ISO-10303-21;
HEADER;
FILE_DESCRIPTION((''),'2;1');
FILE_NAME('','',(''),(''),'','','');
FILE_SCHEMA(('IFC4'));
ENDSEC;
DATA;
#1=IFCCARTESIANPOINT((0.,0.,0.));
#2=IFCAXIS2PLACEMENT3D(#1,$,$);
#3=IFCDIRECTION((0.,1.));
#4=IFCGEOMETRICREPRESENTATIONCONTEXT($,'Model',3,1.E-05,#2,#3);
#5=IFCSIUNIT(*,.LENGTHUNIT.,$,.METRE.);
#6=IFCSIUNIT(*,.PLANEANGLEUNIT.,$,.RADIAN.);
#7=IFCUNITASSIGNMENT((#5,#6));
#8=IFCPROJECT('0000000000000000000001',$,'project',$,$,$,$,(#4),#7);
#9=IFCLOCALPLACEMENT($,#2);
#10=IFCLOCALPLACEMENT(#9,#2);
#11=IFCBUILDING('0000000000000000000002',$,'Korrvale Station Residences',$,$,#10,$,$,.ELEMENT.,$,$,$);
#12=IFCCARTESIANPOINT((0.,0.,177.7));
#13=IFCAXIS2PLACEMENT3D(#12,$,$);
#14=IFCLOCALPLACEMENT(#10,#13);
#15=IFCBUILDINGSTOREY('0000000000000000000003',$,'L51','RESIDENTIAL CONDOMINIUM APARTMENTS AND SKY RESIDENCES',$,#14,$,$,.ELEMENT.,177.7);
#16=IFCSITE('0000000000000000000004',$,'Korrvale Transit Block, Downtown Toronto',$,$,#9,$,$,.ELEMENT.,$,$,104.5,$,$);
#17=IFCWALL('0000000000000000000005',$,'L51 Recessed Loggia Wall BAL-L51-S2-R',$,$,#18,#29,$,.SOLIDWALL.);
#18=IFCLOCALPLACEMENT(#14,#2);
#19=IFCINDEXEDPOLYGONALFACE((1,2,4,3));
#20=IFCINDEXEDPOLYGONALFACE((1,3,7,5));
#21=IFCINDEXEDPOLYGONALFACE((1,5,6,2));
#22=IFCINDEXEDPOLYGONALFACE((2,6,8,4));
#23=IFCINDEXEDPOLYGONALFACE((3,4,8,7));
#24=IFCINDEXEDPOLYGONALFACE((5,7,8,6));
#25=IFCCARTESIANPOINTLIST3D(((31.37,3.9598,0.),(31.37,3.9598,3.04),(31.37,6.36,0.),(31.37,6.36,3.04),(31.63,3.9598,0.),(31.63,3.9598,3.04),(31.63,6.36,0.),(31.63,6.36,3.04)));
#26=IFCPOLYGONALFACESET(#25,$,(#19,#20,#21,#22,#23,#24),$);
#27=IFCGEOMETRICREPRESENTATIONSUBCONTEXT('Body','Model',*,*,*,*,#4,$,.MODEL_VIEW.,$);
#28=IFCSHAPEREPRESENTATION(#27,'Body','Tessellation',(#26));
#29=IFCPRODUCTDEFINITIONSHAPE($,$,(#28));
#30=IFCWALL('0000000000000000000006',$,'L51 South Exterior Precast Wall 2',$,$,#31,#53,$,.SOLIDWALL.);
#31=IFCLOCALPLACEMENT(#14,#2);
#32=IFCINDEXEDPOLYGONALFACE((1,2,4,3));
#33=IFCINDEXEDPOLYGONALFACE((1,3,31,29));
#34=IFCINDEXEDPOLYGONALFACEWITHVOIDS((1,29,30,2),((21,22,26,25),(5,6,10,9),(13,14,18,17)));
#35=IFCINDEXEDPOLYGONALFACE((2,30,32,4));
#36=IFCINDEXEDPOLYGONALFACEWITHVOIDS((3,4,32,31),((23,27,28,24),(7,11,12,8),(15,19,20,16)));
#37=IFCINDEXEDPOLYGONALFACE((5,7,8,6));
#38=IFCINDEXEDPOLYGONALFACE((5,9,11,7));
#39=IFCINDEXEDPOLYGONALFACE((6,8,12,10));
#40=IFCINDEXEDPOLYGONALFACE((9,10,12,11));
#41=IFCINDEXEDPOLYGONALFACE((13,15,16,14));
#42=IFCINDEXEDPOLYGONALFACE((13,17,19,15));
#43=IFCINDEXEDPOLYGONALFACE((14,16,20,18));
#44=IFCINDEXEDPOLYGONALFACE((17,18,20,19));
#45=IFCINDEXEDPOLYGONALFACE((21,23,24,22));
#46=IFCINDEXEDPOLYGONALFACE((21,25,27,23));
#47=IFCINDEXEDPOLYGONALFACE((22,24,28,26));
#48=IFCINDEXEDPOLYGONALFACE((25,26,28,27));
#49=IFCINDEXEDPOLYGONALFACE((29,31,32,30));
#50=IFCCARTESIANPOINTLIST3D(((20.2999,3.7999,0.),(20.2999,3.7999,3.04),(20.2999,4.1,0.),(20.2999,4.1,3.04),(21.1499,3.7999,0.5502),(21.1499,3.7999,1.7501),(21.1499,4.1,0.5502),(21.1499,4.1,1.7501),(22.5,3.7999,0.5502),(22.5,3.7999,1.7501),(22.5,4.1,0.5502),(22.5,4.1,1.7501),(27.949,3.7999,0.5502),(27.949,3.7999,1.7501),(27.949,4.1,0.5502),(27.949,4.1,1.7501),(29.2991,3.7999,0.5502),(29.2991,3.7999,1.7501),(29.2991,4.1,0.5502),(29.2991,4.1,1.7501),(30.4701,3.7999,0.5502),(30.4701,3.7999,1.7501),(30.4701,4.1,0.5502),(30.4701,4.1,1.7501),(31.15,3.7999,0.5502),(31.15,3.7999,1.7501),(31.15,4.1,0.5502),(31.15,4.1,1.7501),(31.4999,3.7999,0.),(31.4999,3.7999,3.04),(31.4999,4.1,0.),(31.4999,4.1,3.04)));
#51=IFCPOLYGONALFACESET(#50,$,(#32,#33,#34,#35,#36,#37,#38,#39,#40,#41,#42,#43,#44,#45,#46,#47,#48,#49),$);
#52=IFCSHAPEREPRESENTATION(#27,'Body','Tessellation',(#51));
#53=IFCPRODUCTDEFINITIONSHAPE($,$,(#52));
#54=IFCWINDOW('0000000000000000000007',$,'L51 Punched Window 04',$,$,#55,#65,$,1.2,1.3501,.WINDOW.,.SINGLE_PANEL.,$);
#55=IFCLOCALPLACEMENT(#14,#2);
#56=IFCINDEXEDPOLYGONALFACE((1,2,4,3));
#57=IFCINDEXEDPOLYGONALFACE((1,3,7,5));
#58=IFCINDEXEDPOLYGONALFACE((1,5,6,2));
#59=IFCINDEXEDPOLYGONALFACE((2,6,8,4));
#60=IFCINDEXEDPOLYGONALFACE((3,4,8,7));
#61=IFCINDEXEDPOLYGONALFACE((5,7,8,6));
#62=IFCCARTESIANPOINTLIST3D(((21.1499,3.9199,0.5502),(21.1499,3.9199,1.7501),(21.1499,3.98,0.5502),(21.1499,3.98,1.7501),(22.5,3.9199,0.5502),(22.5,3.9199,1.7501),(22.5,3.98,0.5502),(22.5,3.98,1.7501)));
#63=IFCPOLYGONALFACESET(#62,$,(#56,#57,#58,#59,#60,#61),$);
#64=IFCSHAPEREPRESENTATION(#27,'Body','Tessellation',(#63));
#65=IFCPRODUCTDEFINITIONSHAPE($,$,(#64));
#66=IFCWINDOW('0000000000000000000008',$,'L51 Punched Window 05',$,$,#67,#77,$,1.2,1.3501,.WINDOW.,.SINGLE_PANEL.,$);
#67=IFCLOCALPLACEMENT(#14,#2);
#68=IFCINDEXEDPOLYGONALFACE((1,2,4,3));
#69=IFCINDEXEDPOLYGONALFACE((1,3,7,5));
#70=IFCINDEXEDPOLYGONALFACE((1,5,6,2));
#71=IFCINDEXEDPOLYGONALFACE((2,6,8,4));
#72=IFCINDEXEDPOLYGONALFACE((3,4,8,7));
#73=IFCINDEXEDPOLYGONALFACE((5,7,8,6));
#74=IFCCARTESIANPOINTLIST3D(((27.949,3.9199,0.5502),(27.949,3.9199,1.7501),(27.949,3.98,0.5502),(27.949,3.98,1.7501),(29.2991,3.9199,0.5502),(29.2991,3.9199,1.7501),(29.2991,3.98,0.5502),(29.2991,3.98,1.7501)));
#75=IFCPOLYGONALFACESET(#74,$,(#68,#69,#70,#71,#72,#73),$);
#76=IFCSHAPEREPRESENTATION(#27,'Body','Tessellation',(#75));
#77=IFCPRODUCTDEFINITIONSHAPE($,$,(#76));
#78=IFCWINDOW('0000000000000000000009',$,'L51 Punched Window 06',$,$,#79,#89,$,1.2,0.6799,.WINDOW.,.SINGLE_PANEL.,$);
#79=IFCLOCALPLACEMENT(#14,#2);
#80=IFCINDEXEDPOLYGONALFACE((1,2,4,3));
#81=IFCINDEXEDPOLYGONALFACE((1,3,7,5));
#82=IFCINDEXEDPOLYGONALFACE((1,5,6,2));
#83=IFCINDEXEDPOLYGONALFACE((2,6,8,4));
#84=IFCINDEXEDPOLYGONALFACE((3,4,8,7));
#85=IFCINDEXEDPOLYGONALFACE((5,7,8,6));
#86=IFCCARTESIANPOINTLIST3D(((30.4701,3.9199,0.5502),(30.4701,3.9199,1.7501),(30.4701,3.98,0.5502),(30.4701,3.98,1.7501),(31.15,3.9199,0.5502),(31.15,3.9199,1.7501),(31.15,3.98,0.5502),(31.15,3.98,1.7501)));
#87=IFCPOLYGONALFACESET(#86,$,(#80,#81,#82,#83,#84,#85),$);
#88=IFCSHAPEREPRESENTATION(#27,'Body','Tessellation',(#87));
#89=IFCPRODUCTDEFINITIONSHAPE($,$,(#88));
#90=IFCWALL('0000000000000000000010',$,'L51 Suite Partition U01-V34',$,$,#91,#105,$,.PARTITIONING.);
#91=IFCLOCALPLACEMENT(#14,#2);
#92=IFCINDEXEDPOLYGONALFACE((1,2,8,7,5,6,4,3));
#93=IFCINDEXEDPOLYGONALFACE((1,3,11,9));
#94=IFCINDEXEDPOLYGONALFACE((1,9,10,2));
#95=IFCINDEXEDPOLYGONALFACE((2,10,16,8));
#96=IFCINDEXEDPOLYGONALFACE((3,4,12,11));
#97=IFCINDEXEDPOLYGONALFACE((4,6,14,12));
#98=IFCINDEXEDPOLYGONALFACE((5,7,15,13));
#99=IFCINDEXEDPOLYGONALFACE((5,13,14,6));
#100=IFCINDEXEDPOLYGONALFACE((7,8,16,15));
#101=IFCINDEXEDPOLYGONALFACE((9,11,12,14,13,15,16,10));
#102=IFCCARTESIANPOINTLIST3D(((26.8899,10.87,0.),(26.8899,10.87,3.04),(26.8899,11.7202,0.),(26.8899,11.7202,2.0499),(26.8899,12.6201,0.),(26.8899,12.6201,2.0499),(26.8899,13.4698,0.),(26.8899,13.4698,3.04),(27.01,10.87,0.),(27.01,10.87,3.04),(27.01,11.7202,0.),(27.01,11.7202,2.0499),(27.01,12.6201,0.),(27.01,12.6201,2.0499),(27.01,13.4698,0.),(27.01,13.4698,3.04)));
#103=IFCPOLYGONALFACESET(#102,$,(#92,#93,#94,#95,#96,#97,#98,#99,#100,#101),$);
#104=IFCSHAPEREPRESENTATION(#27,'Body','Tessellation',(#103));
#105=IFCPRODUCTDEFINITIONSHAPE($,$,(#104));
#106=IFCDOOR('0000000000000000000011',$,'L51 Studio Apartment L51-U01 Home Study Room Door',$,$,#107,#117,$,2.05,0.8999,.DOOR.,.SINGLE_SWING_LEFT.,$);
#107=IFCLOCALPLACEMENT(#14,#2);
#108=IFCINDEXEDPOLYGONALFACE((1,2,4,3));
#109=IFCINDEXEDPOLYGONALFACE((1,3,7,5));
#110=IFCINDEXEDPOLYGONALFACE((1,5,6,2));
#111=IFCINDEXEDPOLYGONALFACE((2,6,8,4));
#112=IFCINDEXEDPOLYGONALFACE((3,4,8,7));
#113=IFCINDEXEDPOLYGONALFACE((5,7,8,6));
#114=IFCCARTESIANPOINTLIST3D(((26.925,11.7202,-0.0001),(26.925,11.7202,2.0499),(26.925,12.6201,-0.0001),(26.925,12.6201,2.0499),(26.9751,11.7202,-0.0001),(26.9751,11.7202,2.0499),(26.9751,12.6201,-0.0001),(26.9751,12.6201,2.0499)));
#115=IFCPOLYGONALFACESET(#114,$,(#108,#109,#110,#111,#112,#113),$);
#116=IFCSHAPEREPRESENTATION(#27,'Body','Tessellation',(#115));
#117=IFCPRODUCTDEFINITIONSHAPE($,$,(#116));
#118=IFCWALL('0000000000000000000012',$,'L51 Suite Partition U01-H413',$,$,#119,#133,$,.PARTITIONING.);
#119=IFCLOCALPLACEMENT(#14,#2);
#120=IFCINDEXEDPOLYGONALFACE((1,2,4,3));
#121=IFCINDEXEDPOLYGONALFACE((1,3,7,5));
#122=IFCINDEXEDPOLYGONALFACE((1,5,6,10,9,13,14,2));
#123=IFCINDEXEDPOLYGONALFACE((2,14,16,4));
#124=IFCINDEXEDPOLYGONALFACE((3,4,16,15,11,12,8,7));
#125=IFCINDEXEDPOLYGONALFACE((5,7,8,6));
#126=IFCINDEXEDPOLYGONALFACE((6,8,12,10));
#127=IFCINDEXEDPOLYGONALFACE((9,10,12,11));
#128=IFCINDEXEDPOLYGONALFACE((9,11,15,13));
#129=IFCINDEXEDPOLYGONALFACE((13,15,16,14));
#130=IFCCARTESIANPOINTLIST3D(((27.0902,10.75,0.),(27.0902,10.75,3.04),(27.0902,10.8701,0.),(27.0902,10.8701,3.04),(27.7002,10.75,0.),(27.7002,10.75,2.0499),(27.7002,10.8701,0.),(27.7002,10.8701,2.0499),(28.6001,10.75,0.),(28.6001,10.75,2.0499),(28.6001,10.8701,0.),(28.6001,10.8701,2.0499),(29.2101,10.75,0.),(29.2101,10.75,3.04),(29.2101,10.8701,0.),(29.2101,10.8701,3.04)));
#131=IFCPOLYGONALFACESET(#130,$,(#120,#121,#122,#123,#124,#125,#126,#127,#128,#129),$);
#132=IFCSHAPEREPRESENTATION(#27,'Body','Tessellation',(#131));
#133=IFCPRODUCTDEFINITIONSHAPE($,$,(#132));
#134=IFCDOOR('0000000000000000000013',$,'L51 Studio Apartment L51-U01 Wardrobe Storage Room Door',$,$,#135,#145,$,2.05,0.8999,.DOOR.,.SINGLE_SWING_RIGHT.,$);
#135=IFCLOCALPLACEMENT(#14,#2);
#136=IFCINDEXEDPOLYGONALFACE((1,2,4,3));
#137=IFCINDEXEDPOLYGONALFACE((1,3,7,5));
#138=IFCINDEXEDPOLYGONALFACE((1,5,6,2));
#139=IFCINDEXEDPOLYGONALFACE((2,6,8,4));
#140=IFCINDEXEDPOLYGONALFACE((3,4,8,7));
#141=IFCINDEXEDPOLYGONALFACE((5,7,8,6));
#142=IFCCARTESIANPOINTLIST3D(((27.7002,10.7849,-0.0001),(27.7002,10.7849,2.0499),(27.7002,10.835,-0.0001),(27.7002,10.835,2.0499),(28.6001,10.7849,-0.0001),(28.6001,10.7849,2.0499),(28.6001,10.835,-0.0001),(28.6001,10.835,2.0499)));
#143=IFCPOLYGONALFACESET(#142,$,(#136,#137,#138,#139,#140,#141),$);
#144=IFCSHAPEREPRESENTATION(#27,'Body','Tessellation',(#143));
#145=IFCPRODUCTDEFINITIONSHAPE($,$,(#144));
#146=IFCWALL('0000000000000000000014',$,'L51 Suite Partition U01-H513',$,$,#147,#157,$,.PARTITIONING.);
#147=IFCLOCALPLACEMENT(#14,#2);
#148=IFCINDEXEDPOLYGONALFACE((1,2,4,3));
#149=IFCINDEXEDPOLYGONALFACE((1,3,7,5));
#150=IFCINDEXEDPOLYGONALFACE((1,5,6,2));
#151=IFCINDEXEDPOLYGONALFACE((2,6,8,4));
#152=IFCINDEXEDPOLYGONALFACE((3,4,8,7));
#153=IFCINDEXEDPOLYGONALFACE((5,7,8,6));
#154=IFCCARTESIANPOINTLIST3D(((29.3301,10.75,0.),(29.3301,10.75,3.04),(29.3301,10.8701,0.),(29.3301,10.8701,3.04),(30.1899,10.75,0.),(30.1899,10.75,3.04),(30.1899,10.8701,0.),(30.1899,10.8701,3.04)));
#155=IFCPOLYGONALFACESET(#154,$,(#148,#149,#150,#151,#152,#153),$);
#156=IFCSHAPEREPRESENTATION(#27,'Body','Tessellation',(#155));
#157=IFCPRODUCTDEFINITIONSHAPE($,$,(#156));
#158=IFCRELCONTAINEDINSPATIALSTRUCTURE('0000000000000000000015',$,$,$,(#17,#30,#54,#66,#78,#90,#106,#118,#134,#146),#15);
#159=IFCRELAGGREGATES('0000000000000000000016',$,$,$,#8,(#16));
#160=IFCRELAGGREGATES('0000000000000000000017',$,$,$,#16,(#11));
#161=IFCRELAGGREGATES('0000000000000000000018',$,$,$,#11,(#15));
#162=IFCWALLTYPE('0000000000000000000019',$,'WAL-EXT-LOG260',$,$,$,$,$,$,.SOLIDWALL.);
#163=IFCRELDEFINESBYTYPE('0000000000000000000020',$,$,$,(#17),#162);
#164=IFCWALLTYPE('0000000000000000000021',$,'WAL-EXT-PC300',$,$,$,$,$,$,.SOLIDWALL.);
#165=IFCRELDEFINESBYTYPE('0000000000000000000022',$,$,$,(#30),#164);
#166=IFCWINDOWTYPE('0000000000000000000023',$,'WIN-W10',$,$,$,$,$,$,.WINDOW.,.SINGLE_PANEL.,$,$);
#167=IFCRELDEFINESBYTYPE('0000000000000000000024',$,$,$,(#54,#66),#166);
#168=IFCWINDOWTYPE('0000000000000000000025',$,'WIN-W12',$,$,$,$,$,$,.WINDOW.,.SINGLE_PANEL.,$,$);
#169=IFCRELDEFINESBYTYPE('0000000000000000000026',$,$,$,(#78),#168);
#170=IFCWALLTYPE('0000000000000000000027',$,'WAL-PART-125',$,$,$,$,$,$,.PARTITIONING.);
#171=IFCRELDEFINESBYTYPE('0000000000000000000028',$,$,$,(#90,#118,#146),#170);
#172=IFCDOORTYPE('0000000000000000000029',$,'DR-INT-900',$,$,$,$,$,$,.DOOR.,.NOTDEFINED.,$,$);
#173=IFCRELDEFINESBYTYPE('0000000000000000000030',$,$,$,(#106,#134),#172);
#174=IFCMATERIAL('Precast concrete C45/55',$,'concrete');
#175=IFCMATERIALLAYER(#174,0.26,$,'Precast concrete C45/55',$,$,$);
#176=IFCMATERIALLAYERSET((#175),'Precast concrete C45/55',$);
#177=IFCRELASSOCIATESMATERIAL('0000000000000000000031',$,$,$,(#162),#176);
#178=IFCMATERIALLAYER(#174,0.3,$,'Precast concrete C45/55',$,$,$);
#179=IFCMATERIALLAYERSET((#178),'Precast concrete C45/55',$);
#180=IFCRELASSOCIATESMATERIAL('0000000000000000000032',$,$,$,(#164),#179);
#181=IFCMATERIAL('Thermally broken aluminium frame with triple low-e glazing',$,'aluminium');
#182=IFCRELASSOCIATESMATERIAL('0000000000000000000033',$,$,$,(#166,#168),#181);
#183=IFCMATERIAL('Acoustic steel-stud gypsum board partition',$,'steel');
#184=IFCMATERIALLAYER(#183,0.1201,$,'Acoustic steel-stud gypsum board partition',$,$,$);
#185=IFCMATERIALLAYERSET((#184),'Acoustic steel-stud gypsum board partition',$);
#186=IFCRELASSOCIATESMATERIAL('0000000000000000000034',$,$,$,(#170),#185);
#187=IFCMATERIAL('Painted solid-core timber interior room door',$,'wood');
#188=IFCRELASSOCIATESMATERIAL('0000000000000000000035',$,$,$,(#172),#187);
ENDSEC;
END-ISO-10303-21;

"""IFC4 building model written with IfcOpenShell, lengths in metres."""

from ifc_helpers import new_model, si_unit, direction, frame, frame_2d, origin, place, context, subcontext, project, spatial, rectangle, extrude, material, layer, layer_set, type_object, element, fill, save


model = new_model("IFC4")

# Units and contexts
model_context = context("Model", 3, precision=1e-05, world=origin(), true_north=direction((0.0, 1.0)))
body_context = subcontext(model_context, "Body", "Model", "MODEL_VIEW")
ifc_project = project(units=[si_unit("LENGTHUNIT", "METRE"), si_unit("PLANEANGLEUNIT", "RADIAN")], contexts=[model_context])

# Site, building, storey
site_placement = place(None, origin())
site = spatial("IfcSite", under=ifc_project, at=site_placement, Name="Korrvale Transit Block, Downtown Toronto", CompositionType="ELEMENT", RefElevation=104.5)
building_placement = place(site_placement, origin())
building = spatial("IfcBuilding", under=site, at=building_placement, Name="Korrvale Station Residences", CompositionType="ELEMENT")
storey_placement = place(building_placement, frame((0.0, 0.0, 177.7)))
storey = spatial("IfcBuildingStorey", under=building, at=storey_placement, Name="L51", Description="RESIDENTIAL CONDOMINIUM APARTMENTS AND SKY RESIDENCES", CompositionType="ELEMENT", Elevation=177.7)

# Wall
ifc_material_1 = material(Name="Precast concrete C45/55", Category="concrete")
ifc_layer_1 = layer(ifc_material_1, 0.26, Name="Precast concrete C45/55")
ifc_layer_set_1 = layer_set([ifc_layer_1], Name="Precast concrete C45/55")
wall_type_1 = type_object("IfcWallType", Name="WAL-EXT-LOG260", PredefinedType="SOLIDWALL", material=ifc_layer_set_1)
wall_1_placement = place(storey_placement, frame((31.5, 6.3601, 0.0), z_axis=(0.0, 0.0, 1.0), x_axis=(0.0, -1.0, 0.0)))
element("IfcWall", 1, at=wall_1_placement, inside=storey, type_object=wall_type_1, Name="L51 Recessed Loggia Wall BAL-L51-S2-R", PredefinedType="SOLIDWALL", context=body_context, shape_type="SweptSolid", body=[
    extrude(rectangle(XDim=2.4001, YDim=0.26, at=frame_2d((1.2002, 0.0))), origin(), (0.0, 0.0, 1.0), 3.04),
])

# Wall, openings, windows
ifc_layer_2 = layer(ifc_material_1, 0.3, Name="Precast concrete C45/55")
ifc_layer_set_2 = layer_set([ifc_layer_2], Name="Precast concrete C45/55")
wall_type_2 = type_object("IfcWallType", Name="WAL-EXT-PC300", PredefinedType="SOLIDWALL", material=ifc_layer_set_2)
wall_2_placement = place(storey_placement, frame((31.5, 3.95, 0.0), z_axis=(0.0, 0.0, 1.0), x_axis=(-1.0, 0.0, 0.0)))
wall_2 = element("IfcWall", 2, at=wall_2_placement, inside=storey, type_object=wall_type_2, Name="L51 South Exterior Precast Wall 2", PredefinedType="SOLIDWALL", context=body_context, shape_type="SweptSolid", body=[
    extrude(rectangle(XDim=11.2, YDim=0.3, at=frame_2d((5.6001, 0.0))), origin(), (0.0, 0.0, 1.0), 3.04),
])
opening_1_placement = place(wall_2_placement, frame((9.0, 0.0, 0.55)))
opening_1 = element("IfcOpeningElement", 3, at=opening_1_placement, cuts=wall_2, PredefinedType="OPENING", context=body_context, shape_type="SweptSolid", body=[
    extrude(rectangle(XDim=1.3501, YDim=1.2, at=frame_2d((0.675, 0.6001))), frame((0.0, 0.1602, 0.0), z_axis=(0.0, -1.0, 0.0), x_axis=(1.0, 0.0, 0.0)), (0.0, 0.0, 1.0), 0.3201),
])
opening_2_placement = place(wall_2_placement, frame((2.2009, 0.0, 0.55)))
opening_2 = element("IfcOpeningElement", 4, at=opening_2_placement, cuts=wall_2, PredefinedType="OPENING", context=body_context, shape_type="SweptSolid", body=[
    extrude(rectangle(XDim=1.3501, YDim=1.2, at=frame_2d((0.675, 0.6001))), frame((0.0, 0.1602, 0.0), z_axis=(0.0, -1.0, 0.0), x_axis=(1.0, 0.0, 0.0)), (0.0, 0.0, 1.0), 0.3201),
])
opening_3_placement = place(wall_2_placement, frame((0.3501, 0.0, 0.55)))
opening_3 = element("IfcOpeningElement", 5, at=opening_3_placement, cuts=wall_2, PredefinedType="OPENING", context=body_context, shape_type="SweptSolid", body=[
    extrude(rectangle(XDim=0.6799, YDim=1.2, at=frame_2d((0.3398, 0.6001))), frame((0.0, 0.1602, 0.0), z_axis=(0.0, -1.0, 0.0), x_axis=(1.0, 0.0, 0.0)), (0.0, 0.0, 1.0), 0.3201),
])
ifc_material_2 = material(Name="Thermally broken aluminium frame with triple low-e glazing", Category="aluminium")
window_type_1 = type_object("IfcWindowType", Name="WIN-W10", PartitioningType="SINGLE_PANEL", PredefinedType="WINDOW", material=ifc_material_2)
window_1_placement = place(opening_1_placement, origin())
window_1 = element("IfcWindow", 6, at=window_1_placement, inside=storey, type_object=window_type_1, Name="L51 Punched Window 04", OverallHeight=1.2, OverallWidth=1.3501, PartitioningType="SINGLE_PANEL", PredefinedType="WINDOW", context=body_context, shape_type="SweptSolid", body=[
    extrude(rectangle(XDim=1.3501, YDim=1.2, at=frame_2d((0.675, 0.6001))), frame((0.0, 0.03, 0.0), z_axis=(0.0, -1.0, 0.0), x_axis=(1.0, 0.0, 0.0)), (0.0, 0.0, 1.0), 0.0601),
])
fill(opening_1, window_1)
window_2_placement = place(opening_2_placement, origin())
window_2 = element("IfcWindow", 7, at=window_2_placement, inside=storey, type_object=window_type_1, Name="L51 Punched Window 05", OverallHeight=1.2, OverallWidth=1.3501, PartitioningType="SINGLE_PANEL", PredefinedType="WINDOW", context=body_context, shape_type="SweptSolid", body=[
    extrude(rectangle(XDim=1.3501, YDim=1.2, at=frame_2d((0.675, 0.6001))), frame((0.0, 0.03, 0.0), z_axis=(0.0, -1.0, 0.0), x_axis=(1.0, 0.0, 0.0)), (0.0, 0.0, 1.0), 0.0601),
])
fill(opening_2, window_2)
window_type_2 = type_object("IfcWindowType", Name="WIN-W12", PartitioningType="SINGLE_PANEL", PredefinedType="WINDOW", material=ifc_material_2)
window_3_placement = place(opening_3_placement, origin())
window_3 = element("IfcWindow", 8, at=window_3_placement, inside=storey, type_object=window_type_2, Name="L51 Punched Window 06", OverallHeight=1.2, OverallWidth=0.6799, PartitioningType="SINGLE_PANEL", PredefinedType="WINDOW", context=body_context, shape_type="SweptSolid", body=[
    extrude(rectangle(XDim=0.6799, YDim=1.2, at=frame_2d((0.3398, 0.6001))), frame((0.0, 0.03, 0.0), z_axis=(0.0, -1.0, 0.0), x_axis=(1.0, 0.0, 0.0)), (0.0, 0.0, 1.0), 0.0601),
])
fill(opening_3, window_3)

# Walls, openings, doors
ifc_material_3 = material(Name="Acoustic steel-stud gypsum board partition", Category="steel")
ifc_layer_3 = layer(ifc_material_3, 0.1201, Name="Acoustic steel-stud gypsum board partition")
ifc_layer_set_3 = layer_set([ifc_layer_3], Name="Acoustic steel-stud gypsum board partition")
wall_type_3 = type_object("IfcWallType", Name="WAL-PART-125", PredefinedType="PARTITIONING", material=ifc_layer_set_3)
wall_3_placement = place(storey_placement, frame((26.95, 10.8701, 0.0), z_axis=(0.0, 0.0, 1.0), x_axis=(0.0, 1.0, 0.0)))
wall_3 = element("IfcWall", 9, at=wall_3_placement, inside=storey, type_object=wall_type_3, Name="L51 Suite Partition U01-V34", PredefinedType="PARTITIONING", context=body_context, shape_type="SweptSolid", body=[
    extrude(rectangle(XDim=2.5999, YDim=0.1201, at=frame_2d((1.2998, 0.0))), origin(), (0.0, 0.0, 1.0), 3.04),
])
opening_4_placement = place(wall_3_placement, frame((0.8501, 0.0, 0.0)))
opening_4 = element("IfcOpeningElement", 10, at=opening_4_placement, cuts=wall_3, PredefinedType="OPENING", context=body_context, shape_type="SweptSolid", body=[
    extrude(rectangle(XDim=0.8999, YDim=2.05, at=frame_2d((0.45, 1.0249))), frame((0.0, 0.0701, 0.0), z_axis=(0.0, -1.0, 0.0), x_axis=(1.0, 0.0, 0.0)), (0.0, 0.0, 1.0), 0.1401),
])
ifc_material_4 = material(Name="Painted solid-core timber interior room door", Category="wood")
door_type = type_object("IfcDoorType", Name="DR-INT-900", OperationType="NOTDEFINED", PredefinedType="DOOR", material=ifc_material_4)
door_1_placement = place(opening_4_placement, origin())
door_1 = element("IfcDoor", 11, at=door_1_placement, inside=storey, type_object=door_type, Name="L51 Studio Apartment L51-U01 Home Study Room Door", OperationType="SINGLE_SWING_LEFT", OverallHeight=2.05, OverallWidth=0.8999, PredefinedType="DOOR", context=body_context, shape_type="SweptSolid", body=[
    extrude(rectangle(XDim=0.8999, YDim=2.05, at=frame_2d((0.45, 1.0249))), frame((0.0, 0.0249, 0.0), z_axis=(0.0, -1.0, 0.0), x_axis=(1.0, 0.0, 0.0)), (0.0, 0.0, 1.0), 0.05),
])
fill(opening_4, door_1)
wall_4_placement = place(storey_placement, frame((27.0901, 10.8101, 0.0), z_axis=(0.0, 0.0, 1.0), x_axis=(1.0, 0.0, 0.0)))
wall_4 = element("IfcWall", 12, at=wall_4_placement, inside=storey, type_object=wall_type_3, Name="L51 Suite Partition U01-H413", PredefinedType="PARTITIONING", context=body_context, shape_type="SweptSolid", body=[
    extrude(rectangle(XDim=2.1199, YDim=0.1201, at=frame_2d((1.0601, 0.0))), origin(), (0.0, 0.0, 1.0), 3.04),
])
opening_5_placement = place(wall_4_placement, frame((0.6101, 0.0, 0.0)))
opening_5 = element("IfcOpeningElement", 13, at=opening_5_placement, cuts=wall_4, PredefinedType="OPENING", context=body_context, shape_type="SweptSolid", body=[
    extrude(rectangle(XDim=0.8999, YDim=2.05, at=frame_2d((0.45, 1.0249))), frame((0.0, 0.0701, 0.0), z_axis=(0.0, -1.0, 0.0), x_axis=(1.0, 0.0, 0.0)), (0.0, 0.0, 1.0), 0.1401),
])
door_2_placement = place(opening_5_placement, origin())
door_2 = element("IfcDoor", 14, at=door_2_placement, inside=storey, type_object=door_type, Name="L51 Studio Apartment L51-U01 Wardrobe Storage Room Door", OperationType="SINGLE_SWING_RIGHT", OverallHeight=2.05, OverallWidth=0.8999, PredefinedType="DOOR", context=body_context, shape_type="SweptSolid", body=[
    extrude(rectangle(XDim=0.8999, YDim=2.05, at=frame_2d((0.45, 1.0249))), frame((0.0, 0.0249, 0.0), z_axis=(0.0, -1.0, 0.0), x_axis=(1.0, 0.0, 0.0)), (0.0, 0.0, 1.0), 0.05),
])
fill(opening_5, door_2)

# Wall
wall_5_placement = place(storey_placement, frame((29.3301, 10.8101, 0.0), z_axis=(0.0, 0.0, 1.0), x_axis=(1.0, 0.0, 0.0)))
element("IfcWall", 15, at=wall_5_placement, inside=storey, type_object=wall_type_3, Name="L51 Suite Partition U01-H513", PredefinedType="PARTITIONING", context=body_context, shape_type="SweptSolid", body=[
    extrude(rectangle(XDim=0.8599, YDim=0.1201, at=frame_2d((0.4299, 0.0))), origin(), (0.0, 0.0, 1.0), 3.04),
])

save(model, "model.ifc")
